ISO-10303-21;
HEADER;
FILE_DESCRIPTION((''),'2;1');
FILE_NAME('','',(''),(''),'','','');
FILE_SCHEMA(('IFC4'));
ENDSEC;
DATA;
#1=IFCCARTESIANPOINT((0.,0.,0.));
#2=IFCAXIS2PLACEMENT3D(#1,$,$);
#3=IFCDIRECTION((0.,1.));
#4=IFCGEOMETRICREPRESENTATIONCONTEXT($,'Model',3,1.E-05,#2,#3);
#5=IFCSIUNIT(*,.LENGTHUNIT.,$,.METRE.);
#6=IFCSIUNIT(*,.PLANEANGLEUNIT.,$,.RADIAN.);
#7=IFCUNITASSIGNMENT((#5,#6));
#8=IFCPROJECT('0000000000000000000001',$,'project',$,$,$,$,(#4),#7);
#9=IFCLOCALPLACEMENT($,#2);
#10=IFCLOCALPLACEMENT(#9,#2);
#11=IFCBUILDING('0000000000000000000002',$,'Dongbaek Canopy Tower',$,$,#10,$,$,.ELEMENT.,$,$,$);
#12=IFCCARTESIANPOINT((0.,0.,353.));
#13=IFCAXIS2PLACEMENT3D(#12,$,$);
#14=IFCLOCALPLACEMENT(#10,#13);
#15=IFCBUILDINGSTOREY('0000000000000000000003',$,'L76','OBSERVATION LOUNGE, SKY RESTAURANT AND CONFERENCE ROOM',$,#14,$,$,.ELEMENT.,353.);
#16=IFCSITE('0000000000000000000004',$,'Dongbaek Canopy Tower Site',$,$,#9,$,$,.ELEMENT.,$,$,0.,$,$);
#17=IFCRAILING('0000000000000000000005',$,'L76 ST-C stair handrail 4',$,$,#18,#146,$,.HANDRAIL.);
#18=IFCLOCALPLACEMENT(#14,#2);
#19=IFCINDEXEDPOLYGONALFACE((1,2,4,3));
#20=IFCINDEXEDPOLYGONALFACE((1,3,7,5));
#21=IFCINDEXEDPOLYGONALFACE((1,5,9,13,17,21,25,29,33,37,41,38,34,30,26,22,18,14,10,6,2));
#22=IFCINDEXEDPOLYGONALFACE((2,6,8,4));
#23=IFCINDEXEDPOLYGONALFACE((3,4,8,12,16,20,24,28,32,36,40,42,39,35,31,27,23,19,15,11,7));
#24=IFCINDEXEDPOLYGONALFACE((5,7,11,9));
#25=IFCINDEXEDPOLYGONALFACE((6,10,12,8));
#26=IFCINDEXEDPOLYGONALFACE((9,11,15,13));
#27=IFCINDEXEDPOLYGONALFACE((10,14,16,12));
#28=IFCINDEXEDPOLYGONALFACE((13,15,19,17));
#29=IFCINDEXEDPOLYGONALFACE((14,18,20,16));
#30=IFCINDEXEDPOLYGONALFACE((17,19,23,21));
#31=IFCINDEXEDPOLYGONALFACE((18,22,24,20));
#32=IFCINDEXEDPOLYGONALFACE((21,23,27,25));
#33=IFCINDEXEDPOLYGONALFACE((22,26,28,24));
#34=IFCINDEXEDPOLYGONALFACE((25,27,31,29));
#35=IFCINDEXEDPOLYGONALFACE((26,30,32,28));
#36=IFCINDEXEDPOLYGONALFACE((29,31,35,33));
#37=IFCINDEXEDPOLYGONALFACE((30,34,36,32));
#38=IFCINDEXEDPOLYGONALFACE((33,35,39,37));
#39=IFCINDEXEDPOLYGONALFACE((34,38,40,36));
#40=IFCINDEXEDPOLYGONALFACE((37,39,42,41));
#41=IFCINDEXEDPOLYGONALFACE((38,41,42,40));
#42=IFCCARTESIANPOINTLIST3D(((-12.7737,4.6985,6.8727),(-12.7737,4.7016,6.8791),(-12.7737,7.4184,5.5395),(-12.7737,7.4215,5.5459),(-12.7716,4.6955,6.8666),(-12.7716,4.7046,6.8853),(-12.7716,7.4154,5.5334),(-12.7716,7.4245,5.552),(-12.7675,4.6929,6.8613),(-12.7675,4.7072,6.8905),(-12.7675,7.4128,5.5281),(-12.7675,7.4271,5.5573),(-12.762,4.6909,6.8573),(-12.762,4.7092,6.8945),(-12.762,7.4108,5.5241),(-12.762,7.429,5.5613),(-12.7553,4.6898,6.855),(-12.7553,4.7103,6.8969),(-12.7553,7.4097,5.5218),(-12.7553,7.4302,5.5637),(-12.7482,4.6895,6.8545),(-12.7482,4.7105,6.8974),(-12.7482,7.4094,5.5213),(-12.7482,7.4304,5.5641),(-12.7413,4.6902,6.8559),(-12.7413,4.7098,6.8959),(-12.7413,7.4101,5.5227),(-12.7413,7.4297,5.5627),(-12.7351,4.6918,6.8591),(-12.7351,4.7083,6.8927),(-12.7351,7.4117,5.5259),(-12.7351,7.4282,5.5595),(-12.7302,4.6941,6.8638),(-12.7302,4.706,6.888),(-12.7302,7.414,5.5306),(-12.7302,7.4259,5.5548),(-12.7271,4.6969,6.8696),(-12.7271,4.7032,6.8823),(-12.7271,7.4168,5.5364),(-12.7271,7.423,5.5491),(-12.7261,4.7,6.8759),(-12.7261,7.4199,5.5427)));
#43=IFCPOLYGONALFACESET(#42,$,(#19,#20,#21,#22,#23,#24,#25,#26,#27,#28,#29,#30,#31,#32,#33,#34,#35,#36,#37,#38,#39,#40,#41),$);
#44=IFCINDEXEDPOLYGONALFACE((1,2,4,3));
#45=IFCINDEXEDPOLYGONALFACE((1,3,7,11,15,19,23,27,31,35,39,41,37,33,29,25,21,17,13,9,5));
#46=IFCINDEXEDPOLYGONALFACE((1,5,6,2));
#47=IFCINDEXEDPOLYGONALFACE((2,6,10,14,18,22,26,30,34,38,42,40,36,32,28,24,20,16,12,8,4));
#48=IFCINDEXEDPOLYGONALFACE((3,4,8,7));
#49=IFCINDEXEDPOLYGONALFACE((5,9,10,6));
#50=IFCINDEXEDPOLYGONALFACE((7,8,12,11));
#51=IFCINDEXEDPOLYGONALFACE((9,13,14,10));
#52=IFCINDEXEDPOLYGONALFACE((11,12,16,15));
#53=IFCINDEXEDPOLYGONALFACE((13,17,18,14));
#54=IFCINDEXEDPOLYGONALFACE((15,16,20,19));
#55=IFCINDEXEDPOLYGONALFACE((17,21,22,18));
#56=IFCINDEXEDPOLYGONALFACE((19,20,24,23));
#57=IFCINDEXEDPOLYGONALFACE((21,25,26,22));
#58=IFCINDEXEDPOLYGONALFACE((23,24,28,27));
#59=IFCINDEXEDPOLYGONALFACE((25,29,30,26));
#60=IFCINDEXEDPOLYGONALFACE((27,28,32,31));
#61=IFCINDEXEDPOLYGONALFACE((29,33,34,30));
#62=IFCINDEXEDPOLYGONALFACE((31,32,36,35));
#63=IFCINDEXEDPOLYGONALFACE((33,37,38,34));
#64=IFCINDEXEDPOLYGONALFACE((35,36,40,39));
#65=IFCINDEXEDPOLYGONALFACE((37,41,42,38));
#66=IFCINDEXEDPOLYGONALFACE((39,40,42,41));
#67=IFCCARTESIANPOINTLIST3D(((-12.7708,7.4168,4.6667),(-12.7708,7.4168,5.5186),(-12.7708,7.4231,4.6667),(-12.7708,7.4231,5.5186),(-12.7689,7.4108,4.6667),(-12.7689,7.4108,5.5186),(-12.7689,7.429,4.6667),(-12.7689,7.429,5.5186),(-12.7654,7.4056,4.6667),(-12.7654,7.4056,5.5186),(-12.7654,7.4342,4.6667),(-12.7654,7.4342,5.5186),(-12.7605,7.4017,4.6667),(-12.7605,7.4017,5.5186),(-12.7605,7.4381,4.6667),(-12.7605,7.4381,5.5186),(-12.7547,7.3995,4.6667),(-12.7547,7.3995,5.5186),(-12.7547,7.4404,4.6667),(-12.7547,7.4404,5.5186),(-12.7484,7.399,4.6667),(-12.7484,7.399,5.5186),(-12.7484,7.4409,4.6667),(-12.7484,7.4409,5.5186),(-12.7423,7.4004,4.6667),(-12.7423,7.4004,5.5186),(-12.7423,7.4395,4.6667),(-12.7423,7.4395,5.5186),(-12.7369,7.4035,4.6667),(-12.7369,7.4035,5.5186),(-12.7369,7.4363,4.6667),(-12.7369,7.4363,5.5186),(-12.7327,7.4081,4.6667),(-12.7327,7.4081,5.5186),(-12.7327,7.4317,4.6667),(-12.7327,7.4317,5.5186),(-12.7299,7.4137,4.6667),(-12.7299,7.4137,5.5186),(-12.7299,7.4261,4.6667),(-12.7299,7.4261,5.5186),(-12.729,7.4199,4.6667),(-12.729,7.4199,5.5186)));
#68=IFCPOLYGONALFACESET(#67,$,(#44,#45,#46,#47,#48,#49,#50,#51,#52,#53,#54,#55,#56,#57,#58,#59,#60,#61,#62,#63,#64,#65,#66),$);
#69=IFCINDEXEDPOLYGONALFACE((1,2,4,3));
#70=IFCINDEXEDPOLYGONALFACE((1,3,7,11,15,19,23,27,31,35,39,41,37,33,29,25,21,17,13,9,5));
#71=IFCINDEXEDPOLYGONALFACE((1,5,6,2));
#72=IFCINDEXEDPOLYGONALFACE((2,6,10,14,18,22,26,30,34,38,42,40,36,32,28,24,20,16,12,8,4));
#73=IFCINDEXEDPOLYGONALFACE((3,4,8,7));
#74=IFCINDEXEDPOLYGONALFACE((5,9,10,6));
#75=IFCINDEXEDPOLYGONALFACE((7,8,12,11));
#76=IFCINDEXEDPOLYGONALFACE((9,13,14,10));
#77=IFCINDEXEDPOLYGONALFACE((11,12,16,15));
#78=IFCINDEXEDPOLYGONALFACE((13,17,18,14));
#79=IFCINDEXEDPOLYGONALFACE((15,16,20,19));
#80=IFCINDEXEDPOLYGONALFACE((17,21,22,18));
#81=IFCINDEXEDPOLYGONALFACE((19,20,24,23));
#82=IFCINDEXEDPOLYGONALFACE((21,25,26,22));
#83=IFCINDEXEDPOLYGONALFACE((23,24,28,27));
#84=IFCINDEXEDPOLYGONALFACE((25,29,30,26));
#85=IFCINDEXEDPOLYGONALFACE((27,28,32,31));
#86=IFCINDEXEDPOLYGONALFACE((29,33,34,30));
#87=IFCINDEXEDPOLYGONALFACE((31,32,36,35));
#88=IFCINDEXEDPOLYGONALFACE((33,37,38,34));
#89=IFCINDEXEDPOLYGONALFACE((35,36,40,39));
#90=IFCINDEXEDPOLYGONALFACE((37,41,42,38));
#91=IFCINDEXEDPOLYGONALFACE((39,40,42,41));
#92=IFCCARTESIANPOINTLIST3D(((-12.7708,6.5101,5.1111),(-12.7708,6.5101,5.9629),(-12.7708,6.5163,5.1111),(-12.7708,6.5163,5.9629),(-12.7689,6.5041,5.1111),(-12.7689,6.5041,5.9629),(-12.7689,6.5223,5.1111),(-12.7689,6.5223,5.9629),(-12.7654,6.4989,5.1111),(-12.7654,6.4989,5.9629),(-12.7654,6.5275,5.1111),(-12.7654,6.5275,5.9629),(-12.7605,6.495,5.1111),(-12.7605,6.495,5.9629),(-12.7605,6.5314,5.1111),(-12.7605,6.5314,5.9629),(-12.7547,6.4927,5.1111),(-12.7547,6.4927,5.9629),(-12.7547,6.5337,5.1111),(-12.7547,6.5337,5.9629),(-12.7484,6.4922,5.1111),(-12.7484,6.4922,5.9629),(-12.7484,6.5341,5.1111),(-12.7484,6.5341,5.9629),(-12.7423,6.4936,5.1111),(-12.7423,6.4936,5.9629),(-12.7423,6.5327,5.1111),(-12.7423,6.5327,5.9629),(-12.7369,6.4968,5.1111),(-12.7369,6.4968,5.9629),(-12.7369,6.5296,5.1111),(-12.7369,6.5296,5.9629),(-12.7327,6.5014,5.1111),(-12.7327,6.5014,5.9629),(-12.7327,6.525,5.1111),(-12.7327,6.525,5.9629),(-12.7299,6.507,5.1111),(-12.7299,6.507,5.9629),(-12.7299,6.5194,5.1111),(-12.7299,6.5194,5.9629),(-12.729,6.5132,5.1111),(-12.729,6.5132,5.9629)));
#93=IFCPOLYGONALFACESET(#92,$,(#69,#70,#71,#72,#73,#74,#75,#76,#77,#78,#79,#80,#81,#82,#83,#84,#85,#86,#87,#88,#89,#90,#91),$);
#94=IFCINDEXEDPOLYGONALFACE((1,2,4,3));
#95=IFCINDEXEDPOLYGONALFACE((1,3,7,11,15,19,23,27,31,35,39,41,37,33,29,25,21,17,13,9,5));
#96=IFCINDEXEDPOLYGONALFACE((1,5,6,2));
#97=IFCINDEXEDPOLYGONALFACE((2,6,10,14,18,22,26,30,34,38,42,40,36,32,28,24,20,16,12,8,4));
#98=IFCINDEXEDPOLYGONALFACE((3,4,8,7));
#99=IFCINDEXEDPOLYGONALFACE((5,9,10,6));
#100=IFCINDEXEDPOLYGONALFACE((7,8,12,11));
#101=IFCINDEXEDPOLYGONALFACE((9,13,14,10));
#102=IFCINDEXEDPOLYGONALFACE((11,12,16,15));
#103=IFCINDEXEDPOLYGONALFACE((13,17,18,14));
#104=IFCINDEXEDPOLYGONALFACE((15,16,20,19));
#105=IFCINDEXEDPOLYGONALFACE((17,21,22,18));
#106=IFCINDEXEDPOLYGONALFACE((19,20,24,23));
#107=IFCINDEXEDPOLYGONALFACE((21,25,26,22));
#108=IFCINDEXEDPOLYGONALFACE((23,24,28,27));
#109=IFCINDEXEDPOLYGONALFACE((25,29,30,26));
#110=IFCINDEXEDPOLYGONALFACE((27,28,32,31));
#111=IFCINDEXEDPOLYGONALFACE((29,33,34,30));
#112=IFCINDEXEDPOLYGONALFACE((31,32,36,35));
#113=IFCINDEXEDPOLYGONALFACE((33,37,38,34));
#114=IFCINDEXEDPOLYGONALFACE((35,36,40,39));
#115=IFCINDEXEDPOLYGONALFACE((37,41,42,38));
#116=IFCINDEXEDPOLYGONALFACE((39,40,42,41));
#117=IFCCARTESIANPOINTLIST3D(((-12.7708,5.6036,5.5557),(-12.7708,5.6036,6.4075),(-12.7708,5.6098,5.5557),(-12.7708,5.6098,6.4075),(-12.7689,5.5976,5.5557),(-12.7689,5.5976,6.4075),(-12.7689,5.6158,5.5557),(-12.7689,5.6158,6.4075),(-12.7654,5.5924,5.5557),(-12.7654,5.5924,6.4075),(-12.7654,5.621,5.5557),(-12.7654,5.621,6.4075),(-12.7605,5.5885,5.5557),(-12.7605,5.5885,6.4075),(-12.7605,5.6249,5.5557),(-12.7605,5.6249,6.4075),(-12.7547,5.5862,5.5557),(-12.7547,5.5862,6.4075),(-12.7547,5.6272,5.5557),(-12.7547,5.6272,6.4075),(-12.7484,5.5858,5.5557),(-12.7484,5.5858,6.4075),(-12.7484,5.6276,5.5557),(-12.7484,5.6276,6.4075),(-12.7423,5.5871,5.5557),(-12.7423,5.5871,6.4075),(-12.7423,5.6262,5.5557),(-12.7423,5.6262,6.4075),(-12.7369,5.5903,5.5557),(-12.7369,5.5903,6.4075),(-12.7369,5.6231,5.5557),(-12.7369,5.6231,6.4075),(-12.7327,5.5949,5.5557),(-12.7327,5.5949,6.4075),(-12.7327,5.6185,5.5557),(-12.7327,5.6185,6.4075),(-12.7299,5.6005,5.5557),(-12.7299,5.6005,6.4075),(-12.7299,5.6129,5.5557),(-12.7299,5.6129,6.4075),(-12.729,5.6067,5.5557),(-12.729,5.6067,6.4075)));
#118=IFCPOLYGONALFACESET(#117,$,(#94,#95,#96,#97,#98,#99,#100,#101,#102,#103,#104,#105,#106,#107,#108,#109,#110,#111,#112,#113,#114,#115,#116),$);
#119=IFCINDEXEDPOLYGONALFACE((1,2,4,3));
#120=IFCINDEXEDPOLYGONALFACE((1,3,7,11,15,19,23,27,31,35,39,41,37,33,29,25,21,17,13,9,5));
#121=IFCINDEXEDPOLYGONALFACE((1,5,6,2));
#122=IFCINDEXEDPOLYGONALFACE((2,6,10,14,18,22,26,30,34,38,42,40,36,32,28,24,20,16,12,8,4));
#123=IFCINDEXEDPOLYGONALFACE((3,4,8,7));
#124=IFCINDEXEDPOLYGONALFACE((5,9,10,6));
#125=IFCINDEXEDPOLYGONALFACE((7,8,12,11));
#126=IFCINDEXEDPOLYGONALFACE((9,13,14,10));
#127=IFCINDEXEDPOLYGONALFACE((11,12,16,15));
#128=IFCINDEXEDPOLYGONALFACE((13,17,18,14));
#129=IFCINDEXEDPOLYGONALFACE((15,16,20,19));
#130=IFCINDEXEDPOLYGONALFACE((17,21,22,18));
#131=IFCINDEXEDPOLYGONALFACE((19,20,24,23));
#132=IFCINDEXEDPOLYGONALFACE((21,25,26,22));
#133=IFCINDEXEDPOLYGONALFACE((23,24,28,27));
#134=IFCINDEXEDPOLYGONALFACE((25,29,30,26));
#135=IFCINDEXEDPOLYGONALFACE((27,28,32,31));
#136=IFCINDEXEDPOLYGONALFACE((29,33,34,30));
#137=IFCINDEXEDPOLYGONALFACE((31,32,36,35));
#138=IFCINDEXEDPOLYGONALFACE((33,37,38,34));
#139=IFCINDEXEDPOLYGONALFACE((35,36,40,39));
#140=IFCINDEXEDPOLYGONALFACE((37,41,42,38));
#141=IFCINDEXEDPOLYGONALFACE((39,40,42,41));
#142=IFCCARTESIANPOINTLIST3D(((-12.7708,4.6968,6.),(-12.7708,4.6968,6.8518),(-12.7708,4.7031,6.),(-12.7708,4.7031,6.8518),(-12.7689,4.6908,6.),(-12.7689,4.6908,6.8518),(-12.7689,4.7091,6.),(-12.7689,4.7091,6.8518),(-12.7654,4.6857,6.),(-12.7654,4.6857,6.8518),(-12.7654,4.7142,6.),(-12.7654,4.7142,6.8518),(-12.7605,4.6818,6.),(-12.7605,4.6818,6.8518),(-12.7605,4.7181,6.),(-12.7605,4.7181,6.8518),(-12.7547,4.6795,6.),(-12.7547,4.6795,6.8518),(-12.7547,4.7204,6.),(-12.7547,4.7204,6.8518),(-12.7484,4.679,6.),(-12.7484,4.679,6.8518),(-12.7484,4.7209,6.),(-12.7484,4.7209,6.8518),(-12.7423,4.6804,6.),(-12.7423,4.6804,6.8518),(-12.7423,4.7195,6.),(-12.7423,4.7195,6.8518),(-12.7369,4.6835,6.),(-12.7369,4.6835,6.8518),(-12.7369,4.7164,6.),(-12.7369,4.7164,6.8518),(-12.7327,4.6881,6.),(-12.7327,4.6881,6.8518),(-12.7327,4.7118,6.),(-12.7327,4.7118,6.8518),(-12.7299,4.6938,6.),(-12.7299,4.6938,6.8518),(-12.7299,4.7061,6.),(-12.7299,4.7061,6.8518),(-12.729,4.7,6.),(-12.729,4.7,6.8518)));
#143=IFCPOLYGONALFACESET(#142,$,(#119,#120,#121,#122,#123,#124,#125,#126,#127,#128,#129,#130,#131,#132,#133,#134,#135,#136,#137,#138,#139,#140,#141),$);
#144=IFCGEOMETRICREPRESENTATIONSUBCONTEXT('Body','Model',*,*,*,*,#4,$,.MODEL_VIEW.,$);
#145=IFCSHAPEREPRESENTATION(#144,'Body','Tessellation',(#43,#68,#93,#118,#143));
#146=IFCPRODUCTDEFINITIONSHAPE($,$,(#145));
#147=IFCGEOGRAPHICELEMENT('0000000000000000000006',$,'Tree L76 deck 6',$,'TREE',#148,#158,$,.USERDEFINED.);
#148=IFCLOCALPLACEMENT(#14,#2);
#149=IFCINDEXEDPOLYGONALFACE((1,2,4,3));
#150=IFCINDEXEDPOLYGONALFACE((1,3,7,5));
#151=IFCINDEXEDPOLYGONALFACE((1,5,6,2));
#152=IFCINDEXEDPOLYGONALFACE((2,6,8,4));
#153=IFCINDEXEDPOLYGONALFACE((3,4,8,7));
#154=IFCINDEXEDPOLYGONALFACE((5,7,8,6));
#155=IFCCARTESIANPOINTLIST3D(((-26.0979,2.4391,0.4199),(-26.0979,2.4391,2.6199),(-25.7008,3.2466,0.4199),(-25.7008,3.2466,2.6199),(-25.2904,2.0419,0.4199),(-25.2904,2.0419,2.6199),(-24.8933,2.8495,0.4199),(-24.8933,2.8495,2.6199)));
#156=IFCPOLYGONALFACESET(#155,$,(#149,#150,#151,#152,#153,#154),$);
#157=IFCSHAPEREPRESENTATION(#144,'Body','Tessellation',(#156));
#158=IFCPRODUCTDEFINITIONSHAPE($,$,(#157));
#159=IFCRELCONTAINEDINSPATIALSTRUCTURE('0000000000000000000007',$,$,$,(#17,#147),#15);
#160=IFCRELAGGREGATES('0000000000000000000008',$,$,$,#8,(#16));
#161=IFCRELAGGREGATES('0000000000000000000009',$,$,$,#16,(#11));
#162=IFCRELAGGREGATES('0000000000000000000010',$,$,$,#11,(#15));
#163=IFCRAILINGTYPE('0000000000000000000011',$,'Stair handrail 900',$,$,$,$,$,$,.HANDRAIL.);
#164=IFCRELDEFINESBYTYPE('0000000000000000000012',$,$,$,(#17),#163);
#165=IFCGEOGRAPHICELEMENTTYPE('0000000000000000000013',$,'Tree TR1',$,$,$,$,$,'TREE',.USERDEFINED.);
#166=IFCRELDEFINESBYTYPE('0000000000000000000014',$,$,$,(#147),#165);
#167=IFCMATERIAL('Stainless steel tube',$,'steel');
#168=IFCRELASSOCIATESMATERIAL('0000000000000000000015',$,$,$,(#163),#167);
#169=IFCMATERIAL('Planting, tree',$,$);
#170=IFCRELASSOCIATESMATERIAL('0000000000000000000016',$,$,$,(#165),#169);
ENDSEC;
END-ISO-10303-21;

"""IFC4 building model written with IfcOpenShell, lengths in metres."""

from ifc_helpers import new_model, si_unit, direction, frame, origin, origin_2d, place, context, subcontext, project, spatial, rectangle, circle, extrude, material, type_object, element, save


model = new_model("IFC4")

# Units and contexts
model_context = context("Model", 3, precision=1e-05, world=origin(), true_north=direction((0.0, 1.0)))
body_context = subcontext(model_context, "Body", "Model", "MODEL_VIEW")
ifc_project = project(units=[si_unit("LENGTHUNIT", "METRE"), si_unit("PLANEANGLEUNIT", "RADIAN")], contexts=[model_context])

# Site, building, storey
site_placement = place(None, origin())
site = spatial("IfcSite", under=ifc_project, at=site_placement, Name="Dongbaek Canopy Tower Site", CompositionType="ELEMENT", RefElevation=0.0)
building_placement = place(site_placement, origin())
building = spatial("IfcBuilding", under=site, at=building_placement, Name="Dongbaek Canopy Tower", CompositionType="ELEMENT")
storey_placement = place(building_placement, frame((0.0, 0.0, 353.0)))
storey = spatial("IfcBuildingStorey", under=building, at=storey_placement, Name="L76", Description="OBSERVATION LOUNGE, SKY RESTAURANT AND CONFERENCE ROOM", CompositionType="ELEMENT", Elevation=353.0)

# Railing
ifc_material_1 = material(Name="Stainless steel tube", Category="steel")
railing_type = type_object("IfcRailingType", Name="Stair handrail 900", PredefinedType="HANDRAIL", material=ifc_material_1)
for number, where, name in (
    (1, (-12.75, 7.4199, 4.6667), "L76 ST-C stair handrail 4"),
):
    element("IfcRailing", number, at=place(storey_placement, frame(where)), inside=storey, type_object=railing_type, Name=name, PredefinedType="HANDRAIL", context=body_context, shape_type="SweptSolid", body=[
        extrude(circle(Radius=0.0239, at=origin_2d()), frame((0.0, 0.0, 0.876), z_axis=(0.0, -0.897929, 0.440139), x_axis=(1.0, 0.0, 0.0)), (0.0, 0.0, 1.0), 3.0291),
        extrude(circle(Radius=0.021, at=origin_2d()), origin(), (0.0, 0.0, 1.0), 0.8518),
        extrude(circle(Radius=0.021, at=origin_2d()), frame((0.0, -0.9067, 0.4443)), (0.0, 0.0, 1.0), 0.8518),
        extrude(circle(Radius=0.021, at=origin_2d()), frame((0.0, -1.8132, 0.8889)), (0.0, 0.0, 1.0), 0.8518),
        extrude(circle(Radius=0.021, at=origin_2d()), frame((0.0, -2.72, 1.3333)), (0.0, 0.0, 1.0), 0.8518),
    ])

# Geographic element
ifc_material_2 = material(Name="Planting, tree")
geographic_element_type = type_object("IfcGeographicElementType", Name="Tree TR1", ElementType="TREE", PredefinedType="USERDEFINED", material=ifc_material_2)
geographic_element_placement = place(storey_placement, frame((-25.4956, 2.6443, 0.4199), z_axis=(0.0, 0.0, 1.0), x_axis=(-0.441342, -0.897339, 0.0)))
element("IfcGeographicElement", 2, at=geographic_element_placement, inside=storey, type_object=geographic_element_type, Name="Tree L76 deck 6", ObjectType="TREE", PredefinedType="USERDEFINED", context=body_context, shape_type="SweptSolid", body=[
    extrude(rectangle(XDim=0.8999, YDim=0.8999, at=origin_2d()), origin(), (0.0, 0.0, 1.0), 2.2),
])

save(model, "model.ifc")
